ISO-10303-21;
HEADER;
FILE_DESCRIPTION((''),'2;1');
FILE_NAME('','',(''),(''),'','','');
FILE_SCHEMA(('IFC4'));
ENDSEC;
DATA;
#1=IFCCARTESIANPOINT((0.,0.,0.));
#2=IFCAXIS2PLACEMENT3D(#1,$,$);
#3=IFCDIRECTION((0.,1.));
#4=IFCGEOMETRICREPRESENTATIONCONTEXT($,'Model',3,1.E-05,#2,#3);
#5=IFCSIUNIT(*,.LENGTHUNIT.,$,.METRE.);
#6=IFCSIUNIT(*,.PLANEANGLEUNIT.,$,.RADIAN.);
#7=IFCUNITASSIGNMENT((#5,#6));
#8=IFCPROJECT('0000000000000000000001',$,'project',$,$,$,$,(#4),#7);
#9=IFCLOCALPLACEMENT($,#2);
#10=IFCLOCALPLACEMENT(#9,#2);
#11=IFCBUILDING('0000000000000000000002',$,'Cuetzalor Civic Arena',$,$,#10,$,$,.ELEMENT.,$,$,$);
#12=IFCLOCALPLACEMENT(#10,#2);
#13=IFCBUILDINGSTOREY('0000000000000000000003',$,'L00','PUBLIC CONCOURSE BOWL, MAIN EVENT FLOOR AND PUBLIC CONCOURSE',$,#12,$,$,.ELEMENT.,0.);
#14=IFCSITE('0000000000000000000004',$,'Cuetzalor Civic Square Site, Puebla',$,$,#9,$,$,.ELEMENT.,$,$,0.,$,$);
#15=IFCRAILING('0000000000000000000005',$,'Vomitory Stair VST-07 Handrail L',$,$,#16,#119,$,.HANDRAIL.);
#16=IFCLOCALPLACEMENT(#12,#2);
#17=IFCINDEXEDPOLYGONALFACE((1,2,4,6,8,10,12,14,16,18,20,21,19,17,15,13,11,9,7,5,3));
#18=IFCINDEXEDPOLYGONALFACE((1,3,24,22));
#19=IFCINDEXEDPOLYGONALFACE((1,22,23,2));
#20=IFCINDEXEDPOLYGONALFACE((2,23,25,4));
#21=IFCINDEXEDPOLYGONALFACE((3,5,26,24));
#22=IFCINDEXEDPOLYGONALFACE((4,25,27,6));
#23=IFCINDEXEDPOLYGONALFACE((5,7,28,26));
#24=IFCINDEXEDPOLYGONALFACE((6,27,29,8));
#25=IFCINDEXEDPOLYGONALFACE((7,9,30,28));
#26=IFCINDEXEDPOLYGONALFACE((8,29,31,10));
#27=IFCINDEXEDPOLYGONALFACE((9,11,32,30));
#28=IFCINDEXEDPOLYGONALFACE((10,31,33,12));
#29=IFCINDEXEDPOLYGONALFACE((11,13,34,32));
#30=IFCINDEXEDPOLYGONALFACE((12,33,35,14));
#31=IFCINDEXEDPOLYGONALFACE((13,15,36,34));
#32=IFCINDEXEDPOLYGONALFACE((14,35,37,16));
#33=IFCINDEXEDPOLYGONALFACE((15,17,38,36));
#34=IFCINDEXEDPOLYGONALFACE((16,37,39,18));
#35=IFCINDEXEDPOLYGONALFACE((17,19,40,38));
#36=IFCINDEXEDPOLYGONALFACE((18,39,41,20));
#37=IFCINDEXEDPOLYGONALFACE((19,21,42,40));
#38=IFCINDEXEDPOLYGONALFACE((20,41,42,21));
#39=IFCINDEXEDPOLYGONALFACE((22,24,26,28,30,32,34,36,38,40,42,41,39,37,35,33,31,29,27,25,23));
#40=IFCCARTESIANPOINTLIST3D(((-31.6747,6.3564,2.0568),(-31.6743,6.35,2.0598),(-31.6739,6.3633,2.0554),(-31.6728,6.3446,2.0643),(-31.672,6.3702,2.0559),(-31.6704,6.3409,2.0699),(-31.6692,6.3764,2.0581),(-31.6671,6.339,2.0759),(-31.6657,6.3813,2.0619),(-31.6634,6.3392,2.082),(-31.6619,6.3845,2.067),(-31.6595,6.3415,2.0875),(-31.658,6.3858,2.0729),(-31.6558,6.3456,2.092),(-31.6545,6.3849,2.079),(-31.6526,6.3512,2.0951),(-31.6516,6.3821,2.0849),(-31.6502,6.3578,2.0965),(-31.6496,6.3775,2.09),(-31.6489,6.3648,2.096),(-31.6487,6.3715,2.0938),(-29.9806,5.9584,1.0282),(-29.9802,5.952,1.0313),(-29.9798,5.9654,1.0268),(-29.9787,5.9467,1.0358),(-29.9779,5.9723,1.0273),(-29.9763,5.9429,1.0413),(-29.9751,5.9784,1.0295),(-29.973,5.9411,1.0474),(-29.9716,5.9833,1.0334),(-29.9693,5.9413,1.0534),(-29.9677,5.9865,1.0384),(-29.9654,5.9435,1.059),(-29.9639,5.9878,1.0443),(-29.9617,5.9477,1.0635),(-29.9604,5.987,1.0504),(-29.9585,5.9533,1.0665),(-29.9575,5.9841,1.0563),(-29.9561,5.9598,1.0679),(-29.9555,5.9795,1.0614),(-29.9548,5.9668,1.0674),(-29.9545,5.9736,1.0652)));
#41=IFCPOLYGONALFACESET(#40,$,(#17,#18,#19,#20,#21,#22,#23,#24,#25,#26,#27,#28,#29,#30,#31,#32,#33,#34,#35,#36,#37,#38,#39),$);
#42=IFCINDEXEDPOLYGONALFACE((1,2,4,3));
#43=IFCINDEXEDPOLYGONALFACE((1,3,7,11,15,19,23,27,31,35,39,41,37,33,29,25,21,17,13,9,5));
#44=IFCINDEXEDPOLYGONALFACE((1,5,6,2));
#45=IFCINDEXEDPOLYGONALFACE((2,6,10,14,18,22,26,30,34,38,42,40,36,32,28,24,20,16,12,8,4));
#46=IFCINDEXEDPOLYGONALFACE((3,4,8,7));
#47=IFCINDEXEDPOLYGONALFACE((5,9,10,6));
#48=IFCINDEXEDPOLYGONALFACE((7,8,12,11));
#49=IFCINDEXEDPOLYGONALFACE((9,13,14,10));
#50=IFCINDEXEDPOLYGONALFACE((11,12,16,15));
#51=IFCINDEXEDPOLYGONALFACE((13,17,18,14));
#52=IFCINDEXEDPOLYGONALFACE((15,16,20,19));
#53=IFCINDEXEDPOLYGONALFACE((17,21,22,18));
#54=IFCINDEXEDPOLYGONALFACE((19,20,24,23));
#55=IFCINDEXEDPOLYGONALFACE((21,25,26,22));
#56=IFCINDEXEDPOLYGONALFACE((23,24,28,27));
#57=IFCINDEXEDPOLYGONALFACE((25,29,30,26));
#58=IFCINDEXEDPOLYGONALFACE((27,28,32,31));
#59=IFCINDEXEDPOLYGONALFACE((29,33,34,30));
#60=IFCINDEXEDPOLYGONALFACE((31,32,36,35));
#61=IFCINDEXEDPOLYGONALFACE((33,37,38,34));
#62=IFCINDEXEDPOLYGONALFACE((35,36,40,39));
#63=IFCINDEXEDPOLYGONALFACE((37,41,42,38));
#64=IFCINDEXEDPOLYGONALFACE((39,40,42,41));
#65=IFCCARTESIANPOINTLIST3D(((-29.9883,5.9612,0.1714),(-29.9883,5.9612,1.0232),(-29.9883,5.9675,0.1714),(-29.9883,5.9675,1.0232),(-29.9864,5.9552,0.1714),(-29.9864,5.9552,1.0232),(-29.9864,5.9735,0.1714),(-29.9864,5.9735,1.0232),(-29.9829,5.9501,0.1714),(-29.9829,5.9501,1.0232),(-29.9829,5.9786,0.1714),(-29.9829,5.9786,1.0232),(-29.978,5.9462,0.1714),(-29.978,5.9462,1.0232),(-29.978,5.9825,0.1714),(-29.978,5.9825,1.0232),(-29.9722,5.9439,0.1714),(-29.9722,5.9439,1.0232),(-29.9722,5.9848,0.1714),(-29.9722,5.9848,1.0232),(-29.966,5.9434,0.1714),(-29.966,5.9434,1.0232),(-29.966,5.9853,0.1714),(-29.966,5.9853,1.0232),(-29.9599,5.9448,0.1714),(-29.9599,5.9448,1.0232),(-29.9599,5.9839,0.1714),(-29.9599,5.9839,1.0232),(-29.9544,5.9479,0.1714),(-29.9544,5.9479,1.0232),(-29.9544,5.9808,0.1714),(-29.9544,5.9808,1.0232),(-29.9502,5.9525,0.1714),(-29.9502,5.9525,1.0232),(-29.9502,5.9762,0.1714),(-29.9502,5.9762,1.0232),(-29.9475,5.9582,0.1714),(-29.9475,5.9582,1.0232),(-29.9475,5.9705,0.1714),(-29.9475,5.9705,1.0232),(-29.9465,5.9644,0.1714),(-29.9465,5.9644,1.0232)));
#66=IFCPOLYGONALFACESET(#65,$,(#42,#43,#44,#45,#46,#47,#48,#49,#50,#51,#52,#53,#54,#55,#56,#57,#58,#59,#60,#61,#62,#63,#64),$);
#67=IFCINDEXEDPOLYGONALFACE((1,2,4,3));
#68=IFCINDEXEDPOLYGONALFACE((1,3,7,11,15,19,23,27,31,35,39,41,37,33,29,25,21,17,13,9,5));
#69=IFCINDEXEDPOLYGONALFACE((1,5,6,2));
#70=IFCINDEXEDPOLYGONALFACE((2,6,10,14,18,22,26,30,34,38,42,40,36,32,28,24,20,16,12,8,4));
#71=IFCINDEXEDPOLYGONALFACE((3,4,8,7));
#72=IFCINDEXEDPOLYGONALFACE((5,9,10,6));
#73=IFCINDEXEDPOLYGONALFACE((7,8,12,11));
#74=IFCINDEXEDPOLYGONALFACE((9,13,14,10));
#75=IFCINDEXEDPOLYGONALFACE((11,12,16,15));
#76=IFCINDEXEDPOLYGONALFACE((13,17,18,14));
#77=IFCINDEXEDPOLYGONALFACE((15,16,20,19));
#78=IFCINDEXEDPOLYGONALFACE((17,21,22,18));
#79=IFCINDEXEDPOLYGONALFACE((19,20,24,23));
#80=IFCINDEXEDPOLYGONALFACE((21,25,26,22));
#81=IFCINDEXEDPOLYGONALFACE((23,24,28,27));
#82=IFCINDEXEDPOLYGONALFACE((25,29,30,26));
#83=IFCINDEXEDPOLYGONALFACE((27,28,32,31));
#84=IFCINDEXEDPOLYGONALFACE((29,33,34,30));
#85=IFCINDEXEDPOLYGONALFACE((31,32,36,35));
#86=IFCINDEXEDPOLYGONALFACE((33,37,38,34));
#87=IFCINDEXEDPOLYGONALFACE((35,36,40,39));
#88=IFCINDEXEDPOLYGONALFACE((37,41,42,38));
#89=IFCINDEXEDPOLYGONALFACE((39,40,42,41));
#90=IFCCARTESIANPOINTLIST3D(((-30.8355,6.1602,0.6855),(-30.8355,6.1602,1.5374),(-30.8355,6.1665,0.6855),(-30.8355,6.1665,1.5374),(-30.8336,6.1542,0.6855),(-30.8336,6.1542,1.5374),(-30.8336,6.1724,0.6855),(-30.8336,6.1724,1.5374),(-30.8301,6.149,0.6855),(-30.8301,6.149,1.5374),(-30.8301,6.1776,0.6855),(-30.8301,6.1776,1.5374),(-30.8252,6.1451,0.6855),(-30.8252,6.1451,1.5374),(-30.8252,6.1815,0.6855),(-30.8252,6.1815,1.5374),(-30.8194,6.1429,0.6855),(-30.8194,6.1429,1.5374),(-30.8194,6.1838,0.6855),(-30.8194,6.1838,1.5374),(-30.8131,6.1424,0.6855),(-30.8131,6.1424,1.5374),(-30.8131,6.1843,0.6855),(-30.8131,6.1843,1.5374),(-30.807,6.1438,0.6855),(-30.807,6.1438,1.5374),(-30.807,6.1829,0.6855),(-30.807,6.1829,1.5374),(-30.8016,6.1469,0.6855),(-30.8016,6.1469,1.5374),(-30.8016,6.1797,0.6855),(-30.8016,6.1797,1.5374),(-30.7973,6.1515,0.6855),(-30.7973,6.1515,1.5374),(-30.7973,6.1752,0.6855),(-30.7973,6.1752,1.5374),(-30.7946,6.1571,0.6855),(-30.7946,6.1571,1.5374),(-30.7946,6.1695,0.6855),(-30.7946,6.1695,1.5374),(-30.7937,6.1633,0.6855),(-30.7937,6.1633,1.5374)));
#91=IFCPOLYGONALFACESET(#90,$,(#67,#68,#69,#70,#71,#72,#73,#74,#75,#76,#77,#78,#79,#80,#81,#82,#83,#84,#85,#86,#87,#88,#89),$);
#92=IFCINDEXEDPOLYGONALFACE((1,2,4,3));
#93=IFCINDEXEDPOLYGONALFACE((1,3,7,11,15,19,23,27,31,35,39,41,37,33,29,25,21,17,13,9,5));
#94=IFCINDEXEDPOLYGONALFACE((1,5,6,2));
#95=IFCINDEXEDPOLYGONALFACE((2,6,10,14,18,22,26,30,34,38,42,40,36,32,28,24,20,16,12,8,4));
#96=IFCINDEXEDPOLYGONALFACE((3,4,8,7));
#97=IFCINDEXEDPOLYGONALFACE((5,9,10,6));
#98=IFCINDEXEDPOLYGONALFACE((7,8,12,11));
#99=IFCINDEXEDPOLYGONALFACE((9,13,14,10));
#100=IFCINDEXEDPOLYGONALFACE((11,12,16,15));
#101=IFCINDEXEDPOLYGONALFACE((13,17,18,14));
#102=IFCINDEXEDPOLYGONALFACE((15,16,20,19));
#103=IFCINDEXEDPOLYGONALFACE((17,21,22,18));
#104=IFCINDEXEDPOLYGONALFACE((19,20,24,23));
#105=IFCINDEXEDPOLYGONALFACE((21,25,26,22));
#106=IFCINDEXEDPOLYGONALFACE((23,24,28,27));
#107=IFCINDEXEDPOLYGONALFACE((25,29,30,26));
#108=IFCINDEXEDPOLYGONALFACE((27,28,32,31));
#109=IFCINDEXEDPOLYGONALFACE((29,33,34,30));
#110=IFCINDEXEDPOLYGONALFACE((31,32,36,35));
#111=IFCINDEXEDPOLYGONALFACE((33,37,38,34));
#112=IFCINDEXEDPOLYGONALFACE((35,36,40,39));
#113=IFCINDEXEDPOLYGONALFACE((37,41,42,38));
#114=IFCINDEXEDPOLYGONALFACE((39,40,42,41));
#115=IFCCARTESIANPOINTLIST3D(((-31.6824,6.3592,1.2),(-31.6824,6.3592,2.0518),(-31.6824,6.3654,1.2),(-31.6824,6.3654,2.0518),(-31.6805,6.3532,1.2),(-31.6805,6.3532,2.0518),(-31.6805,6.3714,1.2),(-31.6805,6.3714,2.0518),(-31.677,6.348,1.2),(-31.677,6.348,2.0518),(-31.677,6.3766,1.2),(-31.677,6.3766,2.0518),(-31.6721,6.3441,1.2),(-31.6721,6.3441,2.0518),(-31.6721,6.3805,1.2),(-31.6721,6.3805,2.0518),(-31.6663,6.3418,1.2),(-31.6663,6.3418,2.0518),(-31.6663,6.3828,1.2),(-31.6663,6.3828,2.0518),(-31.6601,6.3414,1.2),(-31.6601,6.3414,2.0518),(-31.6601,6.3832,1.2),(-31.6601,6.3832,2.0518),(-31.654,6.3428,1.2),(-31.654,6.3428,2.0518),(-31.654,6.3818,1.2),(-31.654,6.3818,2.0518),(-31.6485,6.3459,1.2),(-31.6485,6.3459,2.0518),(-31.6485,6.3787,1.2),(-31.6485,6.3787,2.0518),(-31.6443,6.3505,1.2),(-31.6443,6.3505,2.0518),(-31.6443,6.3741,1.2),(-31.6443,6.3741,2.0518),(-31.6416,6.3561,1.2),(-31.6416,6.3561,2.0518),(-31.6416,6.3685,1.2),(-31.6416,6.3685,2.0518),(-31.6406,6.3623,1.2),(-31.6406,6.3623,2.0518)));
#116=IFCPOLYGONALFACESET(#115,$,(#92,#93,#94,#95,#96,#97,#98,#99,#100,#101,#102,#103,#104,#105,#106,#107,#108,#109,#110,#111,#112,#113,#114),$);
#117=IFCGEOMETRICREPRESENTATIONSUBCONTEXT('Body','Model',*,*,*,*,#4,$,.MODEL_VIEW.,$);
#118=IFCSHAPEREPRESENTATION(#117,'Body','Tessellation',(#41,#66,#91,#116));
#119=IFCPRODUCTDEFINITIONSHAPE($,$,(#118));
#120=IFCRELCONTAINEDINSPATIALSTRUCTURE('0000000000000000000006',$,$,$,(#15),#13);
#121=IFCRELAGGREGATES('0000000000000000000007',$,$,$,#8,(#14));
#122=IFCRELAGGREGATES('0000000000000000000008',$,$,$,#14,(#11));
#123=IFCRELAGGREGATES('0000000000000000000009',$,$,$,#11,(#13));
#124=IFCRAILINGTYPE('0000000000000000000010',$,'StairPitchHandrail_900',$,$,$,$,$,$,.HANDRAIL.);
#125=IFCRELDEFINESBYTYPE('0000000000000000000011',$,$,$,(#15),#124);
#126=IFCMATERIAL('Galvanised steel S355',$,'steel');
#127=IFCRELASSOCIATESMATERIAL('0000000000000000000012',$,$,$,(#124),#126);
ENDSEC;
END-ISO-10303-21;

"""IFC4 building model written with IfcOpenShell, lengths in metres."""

from ifc_helpers import new_model, si_unit, direction, frame, origin, origin_2d, place, context, subcontext, project, spatial, circle, extrude, material, type_object, element, save


model = new_model("IFC4")

# Units and contexts
model_context = context("Model", 3, precision=1e-05, world=origin(), true_north=direction((0.0, 1.0)))
body_context = subcontext(model_context, "Body", "Model", "MODEL_VIEW")
ifc_project = project(units=[si_unit("LENGTHUNIT", "METRE"), si_unit("PLANEANGLEUNIT", "RADIAN")], contexts=[model_context])

# Site, building, storey
site_placement = place(None, origin())
site = spatial("IfcSite", under=ifc_project, at=site_placement, Name="Cuetzalor Civic Square Site, Puebla", CompositionType="ELEMENT", RefElevation=0.0)
building_placement = place(site_placement, origin())
building = spatial("IfcBuilding", under=site, at=building_placement, Name="Cuetzalor Civic Arena", CompositionType="ELEMENT")
storey_placement = place(building_placement, origin())
storey = spatial("IfcBuildingStorey", under=building, at=storey_placement, Name="L00", Description="PUBLIC CONCOURSE BOWL, MAIN EVENT FLOOR AND PUBLIC CONCOURSE", CompositionType="ELEMENT", Elevation=0.0)

# Railing
ifc_material_1 = material(Name="Galvanised steel S355", Category="steel")
railing_type_1 = type_object("IfcRailingType", Name="StairPitchHandrail_900", PredefinedType="HANDRAIL", material=ifc_material_1)
railing_1_placement = place(storey_placement, frame((-29.9675, 5.9644, 0.1714)))
element("IfcRailing", 1, at=railing_1_placement, inside=storey, type_object=railing_type_1, Name="Vomitory Stair VST-07 Handrail L", PredefinedType="HANDRAIL", context=body_context, shape_type="SweptSolid", body=[
    extrude(circle(Radius=0.0239, at=origin_2d()), frame((0.0, 0.0, 0.876), z_axis=(-0.838058, 0.196863, 0.508825), x_axis=(-0.22868, -0.973502, 0.0)), (0.0, 0.0, 1.0), 2.0215),
    extrude(circle(Radius=0.021, at=origin_2d()), origin(), (0.0, 0.0, 1.0), 0.8518),
    extrude(circle(Radius=0.021, at=origin_2d()), frame((-0.8472, 0.199, 0.5142)), (0.0, 0.0, 1.0), 0.8518),
    extrude(circle(Radius=0.021, at=origin_2d()), frame((-1.6941, 0.3979, 1.0286)), (0.0, 0.0, 1.0), 0.8518),
])

save(model, "model.ifc")
